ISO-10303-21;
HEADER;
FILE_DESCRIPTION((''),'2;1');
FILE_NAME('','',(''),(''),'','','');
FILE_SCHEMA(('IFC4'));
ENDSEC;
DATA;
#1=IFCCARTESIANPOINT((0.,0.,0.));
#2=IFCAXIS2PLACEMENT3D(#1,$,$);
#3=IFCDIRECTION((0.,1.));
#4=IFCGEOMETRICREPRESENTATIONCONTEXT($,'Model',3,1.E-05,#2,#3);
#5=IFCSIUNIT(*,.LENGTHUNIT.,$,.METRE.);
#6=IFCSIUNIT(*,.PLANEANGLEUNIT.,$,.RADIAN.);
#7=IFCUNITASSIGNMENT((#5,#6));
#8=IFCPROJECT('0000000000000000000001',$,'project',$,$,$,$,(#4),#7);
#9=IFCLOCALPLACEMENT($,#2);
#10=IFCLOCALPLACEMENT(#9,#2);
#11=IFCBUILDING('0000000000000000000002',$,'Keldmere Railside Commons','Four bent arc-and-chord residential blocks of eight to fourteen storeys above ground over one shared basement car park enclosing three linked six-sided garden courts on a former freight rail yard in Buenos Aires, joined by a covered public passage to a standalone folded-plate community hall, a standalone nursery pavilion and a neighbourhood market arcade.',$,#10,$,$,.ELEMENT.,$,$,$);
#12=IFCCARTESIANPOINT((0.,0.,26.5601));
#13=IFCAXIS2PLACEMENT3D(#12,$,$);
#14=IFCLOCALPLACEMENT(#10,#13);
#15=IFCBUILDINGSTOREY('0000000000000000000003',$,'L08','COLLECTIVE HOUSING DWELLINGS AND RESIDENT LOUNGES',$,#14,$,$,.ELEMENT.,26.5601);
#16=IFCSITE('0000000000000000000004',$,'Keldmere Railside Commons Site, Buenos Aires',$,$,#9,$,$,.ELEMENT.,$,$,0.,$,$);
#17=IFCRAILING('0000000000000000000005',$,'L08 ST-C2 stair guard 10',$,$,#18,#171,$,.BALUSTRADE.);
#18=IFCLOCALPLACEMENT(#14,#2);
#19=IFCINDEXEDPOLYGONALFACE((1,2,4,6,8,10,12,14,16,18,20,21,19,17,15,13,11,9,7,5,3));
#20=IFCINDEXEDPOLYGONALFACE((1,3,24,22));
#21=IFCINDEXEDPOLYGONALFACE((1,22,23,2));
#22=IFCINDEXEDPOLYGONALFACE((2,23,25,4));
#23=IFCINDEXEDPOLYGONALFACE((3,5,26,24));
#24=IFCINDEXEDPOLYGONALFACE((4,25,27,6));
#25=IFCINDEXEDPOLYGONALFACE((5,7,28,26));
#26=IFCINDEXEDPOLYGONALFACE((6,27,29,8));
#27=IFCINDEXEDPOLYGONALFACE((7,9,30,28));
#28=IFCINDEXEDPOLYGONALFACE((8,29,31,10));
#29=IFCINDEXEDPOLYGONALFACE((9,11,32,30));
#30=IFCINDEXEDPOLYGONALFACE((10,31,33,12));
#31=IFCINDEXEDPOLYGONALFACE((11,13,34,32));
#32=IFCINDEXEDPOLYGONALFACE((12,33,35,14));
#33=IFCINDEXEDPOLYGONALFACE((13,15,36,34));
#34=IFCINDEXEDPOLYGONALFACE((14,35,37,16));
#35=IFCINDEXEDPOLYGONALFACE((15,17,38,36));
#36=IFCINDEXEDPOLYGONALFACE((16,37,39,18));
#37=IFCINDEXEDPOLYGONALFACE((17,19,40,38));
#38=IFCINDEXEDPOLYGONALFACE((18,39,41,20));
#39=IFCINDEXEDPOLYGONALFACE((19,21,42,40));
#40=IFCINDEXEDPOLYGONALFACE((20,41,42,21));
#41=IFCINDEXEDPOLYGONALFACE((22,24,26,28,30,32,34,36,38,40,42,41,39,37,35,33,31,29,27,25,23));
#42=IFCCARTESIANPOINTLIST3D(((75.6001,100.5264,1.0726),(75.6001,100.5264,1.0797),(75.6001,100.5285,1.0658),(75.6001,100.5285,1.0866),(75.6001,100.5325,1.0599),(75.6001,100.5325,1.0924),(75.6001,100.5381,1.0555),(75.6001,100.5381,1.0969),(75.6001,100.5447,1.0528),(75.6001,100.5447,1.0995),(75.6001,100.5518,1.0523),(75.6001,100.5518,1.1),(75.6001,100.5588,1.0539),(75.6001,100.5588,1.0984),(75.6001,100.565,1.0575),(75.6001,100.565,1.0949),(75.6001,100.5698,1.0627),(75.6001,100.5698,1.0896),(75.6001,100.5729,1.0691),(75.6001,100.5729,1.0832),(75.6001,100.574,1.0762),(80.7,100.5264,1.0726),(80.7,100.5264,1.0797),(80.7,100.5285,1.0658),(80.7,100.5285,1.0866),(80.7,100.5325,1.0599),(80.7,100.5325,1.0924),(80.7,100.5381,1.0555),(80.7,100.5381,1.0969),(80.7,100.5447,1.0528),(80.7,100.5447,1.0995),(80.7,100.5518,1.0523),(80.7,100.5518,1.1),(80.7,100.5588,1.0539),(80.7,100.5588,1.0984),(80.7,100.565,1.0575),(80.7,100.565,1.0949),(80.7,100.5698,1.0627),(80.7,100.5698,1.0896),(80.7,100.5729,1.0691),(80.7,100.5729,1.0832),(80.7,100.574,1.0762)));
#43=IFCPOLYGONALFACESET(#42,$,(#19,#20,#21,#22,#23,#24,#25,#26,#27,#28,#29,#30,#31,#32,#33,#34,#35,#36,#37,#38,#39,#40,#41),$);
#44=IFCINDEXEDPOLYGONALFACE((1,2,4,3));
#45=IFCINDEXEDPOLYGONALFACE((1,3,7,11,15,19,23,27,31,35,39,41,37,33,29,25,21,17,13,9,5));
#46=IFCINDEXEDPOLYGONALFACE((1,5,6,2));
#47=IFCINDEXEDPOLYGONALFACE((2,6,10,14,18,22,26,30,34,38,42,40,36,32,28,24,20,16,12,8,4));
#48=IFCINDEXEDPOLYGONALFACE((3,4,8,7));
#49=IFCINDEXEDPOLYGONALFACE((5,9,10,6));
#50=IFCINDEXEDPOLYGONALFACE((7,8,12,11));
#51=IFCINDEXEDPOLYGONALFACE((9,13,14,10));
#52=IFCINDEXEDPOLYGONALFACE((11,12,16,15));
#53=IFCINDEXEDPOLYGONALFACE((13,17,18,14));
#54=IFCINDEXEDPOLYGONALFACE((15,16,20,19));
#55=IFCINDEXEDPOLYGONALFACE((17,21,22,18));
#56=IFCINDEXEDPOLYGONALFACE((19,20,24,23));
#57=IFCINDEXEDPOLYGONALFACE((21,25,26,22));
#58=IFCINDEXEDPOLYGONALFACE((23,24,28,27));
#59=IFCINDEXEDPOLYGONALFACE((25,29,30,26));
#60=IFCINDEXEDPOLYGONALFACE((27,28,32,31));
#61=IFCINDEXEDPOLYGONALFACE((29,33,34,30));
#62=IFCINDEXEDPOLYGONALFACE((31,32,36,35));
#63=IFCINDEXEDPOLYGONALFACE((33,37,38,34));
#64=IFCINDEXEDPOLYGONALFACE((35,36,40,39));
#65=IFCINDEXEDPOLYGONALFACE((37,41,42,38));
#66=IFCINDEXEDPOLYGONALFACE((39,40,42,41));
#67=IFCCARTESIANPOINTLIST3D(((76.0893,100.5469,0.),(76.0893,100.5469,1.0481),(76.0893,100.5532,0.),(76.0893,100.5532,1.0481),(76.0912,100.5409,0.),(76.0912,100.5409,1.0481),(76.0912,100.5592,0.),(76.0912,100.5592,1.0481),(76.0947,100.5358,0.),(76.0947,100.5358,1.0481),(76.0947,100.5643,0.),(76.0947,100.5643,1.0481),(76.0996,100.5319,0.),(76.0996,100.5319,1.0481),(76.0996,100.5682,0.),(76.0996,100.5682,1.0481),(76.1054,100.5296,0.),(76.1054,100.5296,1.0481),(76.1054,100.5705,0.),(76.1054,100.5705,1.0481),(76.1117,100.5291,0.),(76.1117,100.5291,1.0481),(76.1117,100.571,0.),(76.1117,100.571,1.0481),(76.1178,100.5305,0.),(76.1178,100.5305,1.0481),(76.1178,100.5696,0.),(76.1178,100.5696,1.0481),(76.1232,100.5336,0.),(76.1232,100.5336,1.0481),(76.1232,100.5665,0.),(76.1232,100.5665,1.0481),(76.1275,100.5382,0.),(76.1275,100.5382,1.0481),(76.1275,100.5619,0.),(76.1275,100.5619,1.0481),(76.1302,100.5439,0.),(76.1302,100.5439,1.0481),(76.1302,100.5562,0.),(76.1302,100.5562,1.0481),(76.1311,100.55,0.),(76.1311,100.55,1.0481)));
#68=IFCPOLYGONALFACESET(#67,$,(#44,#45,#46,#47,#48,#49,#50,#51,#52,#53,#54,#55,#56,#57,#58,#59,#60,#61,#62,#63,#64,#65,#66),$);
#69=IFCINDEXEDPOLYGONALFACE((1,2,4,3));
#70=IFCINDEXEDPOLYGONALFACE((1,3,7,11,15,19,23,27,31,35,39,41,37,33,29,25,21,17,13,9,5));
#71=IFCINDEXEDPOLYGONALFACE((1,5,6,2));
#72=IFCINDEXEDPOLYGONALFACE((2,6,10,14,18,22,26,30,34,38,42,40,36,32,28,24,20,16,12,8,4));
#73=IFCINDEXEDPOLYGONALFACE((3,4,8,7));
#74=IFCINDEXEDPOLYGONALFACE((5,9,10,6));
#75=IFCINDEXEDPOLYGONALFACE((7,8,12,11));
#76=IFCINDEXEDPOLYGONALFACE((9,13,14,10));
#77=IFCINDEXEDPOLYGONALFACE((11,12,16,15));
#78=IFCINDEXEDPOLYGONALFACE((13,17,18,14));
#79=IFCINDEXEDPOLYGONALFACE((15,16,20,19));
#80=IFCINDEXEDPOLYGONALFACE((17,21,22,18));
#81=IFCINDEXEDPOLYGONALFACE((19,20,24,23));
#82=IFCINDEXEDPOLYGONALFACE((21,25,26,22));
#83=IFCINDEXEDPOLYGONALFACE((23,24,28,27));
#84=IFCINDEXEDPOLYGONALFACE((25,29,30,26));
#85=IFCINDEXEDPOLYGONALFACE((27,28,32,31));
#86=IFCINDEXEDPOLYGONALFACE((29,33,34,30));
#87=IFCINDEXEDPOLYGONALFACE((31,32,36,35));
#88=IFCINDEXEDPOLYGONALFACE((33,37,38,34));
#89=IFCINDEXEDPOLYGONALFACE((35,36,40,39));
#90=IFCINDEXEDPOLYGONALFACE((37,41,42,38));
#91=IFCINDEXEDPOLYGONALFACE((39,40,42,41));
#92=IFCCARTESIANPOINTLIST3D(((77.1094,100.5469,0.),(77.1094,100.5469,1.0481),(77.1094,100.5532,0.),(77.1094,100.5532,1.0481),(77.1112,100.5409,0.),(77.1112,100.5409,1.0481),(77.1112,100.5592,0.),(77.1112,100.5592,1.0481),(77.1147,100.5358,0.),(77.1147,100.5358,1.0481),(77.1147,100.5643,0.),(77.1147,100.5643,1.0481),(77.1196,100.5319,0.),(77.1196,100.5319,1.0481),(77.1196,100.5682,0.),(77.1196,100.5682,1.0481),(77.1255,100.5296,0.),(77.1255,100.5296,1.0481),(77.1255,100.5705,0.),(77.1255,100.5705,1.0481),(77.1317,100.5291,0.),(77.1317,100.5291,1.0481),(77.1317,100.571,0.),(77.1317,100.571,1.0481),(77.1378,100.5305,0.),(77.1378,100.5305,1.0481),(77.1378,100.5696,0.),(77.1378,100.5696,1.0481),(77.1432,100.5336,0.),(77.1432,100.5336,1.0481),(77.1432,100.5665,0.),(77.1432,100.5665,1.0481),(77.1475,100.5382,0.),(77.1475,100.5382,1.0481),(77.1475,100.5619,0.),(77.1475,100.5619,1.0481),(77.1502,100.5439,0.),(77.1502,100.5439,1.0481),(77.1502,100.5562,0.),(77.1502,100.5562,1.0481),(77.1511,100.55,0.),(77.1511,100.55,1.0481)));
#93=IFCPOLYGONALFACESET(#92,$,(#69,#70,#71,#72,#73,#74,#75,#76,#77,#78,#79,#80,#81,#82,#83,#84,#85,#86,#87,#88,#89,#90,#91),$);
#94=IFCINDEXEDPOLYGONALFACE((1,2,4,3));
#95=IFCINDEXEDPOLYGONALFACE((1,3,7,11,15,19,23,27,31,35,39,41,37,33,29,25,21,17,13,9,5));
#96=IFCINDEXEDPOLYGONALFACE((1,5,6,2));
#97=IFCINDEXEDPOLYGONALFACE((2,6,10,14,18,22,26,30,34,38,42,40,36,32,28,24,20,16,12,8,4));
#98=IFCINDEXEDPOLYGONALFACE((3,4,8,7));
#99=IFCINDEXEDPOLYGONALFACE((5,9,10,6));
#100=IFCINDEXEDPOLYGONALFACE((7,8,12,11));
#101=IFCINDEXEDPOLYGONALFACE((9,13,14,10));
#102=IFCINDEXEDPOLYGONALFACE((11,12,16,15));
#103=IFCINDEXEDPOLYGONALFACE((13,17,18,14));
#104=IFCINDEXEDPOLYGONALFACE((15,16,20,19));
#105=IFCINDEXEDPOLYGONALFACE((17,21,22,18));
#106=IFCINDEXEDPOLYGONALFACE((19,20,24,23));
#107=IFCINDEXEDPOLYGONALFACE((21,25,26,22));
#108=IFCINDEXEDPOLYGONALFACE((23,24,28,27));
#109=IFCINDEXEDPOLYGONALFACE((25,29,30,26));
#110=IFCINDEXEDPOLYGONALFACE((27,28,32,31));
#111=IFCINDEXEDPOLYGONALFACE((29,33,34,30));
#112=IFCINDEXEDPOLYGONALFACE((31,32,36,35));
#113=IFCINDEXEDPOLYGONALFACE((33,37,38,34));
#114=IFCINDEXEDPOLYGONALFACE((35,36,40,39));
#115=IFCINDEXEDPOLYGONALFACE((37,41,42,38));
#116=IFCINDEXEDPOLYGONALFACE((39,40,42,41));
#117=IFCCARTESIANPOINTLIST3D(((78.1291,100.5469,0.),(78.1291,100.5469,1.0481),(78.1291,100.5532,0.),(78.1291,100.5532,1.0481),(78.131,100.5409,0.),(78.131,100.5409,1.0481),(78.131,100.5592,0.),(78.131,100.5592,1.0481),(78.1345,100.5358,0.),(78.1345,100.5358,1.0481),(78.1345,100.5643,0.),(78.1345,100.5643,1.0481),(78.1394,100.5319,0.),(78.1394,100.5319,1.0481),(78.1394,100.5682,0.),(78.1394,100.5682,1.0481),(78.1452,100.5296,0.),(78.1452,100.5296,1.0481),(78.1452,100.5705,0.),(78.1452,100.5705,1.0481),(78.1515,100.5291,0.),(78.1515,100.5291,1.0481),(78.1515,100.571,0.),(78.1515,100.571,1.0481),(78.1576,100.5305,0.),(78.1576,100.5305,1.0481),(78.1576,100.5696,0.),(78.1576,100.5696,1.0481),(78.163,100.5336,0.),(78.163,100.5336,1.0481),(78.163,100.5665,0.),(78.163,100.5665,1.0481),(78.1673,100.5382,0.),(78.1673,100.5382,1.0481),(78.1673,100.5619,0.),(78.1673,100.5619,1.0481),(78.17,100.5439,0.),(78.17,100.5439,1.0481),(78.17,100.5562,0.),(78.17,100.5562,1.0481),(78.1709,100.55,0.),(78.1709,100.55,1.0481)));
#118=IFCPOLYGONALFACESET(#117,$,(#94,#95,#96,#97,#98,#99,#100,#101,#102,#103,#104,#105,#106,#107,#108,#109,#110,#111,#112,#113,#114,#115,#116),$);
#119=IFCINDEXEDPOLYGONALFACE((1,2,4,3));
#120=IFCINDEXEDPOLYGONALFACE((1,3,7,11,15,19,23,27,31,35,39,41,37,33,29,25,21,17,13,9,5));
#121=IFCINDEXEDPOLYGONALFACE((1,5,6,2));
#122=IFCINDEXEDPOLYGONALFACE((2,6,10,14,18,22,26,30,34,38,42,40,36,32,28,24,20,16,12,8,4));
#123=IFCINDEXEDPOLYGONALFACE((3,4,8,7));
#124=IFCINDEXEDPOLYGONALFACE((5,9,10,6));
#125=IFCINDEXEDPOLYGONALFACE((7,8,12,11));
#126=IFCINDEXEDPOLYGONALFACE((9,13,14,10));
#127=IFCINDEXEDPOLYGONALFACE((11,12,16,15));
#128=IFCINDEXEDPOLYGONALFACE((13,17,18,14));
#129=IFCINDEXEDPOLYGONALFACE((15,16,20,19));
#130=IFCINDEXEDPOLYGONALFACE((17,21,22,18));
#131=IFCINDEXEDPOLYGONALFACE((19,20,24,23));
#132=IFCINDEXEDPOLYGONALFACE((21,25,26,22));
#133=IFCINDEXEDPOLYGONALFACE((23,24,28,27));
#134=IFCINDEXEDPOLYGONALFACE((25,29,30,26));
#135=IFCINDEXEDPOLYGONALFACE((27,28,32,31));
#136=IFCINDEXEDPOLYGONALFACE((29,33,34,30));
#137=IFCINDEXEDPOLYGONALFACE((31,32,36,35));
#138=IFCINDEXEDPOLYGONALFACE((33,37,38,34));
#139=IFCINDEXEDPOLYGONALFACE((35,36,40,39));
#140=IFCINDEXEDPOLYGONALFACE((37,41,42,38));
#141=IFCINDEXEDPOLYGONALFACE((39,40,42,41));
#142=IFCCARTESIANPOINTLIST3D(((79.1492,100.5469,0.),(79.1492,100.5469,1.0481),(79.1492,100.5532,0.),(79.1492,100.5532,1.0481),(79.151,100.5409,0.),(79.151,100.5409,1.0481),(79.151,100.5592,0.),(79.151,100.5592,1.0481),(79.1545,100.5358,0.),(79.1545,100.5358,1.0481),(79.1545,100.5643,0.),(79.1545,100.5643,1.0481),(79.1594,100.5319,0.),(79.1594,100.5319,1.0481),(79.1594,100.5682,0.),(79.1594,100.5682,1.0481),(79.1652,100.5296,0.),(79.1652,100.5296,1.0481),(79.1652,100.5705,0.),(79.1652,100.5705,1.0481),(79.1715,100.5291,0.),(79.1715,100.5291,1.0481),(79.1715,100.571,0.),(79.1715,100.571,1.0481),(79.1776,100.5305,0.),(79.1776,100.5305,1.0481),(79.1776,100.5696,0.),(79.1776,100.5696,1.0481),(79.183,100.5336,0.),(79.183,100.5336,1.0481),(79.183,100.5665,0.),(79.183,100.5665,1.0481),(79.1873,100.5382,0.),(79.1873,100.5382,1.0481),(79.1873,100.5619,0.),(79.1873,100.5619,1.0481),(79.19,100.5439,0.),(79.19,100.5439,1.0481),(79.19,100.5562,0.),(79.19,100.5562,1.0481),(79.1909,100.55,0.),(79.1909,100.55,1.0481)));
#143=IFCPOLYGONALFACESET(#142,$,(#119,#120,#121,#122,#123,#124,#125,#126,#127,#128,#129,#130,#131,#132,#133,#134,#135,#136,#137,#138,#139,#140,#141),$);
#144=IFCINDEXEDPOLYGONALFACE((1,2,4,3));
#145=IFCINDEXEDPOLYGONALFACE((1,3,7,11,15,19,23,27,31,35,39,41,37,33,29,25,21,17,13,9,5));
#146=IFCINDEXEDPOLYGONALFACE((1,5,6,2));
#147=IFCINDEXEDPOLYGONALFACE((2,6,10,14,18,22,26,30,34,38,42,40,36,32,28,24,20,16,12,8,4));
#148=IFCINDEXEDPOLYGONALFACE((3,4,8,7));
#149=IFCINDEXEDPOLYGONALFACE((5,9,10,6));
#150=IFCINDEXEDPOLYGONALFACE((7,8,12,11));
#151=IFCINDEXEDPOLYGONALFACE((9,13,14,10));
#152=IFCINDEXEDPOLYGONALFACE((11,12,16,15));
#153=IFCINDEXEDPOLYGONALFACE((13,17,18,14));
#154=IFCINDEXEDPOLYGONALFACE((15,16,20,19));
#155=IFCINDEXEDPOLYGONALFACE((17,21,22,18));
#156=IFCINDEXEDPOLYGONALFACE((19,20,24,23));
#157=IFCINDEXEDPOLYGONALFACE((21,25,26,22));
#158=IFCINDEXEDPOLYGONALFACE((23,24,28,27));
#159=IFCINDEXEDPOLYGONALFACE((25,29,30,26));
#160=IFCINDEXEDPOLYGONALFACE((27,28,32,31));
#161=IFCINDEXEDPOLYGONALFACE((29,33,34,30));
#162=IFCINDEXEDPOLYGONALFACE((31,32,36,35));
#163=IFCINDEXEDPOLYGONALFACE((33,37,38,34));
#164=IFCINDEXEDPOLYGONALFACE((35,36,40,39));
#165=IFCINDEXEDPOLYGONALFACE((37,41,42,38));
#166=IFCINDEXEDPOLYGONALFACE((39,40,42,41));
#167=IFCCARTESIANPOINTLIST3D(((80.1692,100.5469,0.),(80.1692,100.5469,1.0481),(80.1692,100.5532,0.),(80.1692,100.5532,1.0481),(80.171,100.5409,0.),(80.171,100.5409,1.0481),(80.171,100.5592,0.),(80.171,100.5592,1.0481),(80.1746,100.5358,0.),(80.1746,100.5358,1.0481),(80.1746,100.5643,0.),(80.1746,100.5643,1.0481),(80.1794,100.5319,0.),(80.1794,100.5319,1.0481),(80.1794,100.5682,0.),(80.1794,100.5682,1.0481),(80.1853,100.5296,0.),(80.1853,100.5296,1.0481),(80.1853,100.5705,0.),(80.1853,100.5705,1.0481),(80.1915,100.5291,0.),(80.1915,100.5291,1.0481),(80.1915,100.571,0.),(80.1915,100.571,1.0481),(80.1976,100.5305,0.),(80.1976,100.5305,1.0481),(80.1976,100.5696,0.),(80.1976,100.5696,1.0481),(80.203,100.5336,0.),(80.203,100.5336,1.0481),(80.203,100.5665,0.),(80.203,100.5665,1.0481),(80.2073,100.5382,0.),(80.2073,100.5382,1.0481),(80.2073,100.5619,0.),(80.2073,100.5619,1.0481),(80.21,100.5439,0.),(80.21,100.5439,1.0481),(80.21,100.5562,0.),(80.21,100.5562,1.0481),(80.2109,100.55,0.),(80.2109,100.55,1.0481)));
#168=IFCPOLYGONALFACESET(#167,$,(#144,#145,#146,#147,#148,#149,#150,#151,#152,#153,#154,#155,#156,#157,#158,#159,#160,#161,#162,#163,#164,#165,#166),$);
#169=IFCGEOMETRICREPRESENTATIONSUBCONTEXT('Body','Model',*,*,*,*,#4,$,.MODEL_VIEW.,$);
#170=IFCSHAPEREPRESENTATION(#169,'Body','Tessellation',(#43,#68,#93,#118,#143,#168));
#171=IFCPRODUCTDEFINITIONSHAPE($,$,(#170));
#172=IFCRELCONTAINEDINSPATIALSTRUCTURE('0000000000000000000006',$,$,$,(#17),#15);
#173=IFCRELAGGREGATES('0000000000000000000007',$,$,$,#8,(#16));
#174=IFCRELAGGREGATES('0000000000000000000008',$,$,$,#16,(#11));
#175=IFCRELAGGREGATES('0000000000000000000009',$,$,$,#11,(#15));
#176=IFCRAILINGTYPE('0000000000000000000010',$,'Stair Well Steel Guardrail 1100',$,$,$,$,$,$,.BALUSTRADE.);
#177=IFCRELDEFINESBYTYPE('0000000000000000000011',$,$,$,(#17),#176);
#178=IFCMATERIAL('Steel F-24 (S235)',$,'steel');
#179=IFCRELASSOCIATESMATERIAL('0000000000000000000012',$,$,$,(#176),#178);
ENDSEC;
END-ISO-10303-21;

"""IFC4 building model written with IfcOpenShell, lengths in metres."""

from ifc_helpers import new_model, si_unit, direction, frame, origin, origin_2d, place, context, subcontext, project, spatial, circle, extrude, material, type_object, element, save


model = new_model("IFC4")

# Units and contexts
model_context = context("Model", 3, precision=1e-05, world=origin(), true_north=direction((0.0, 1.0)))
body_context = subcontext(model_context, "Body", "Model", "MODEL_VIEW")
ifc_project = project(units=[si_unit("LENGTHUNIT", "METRE"), si_unit("PLANEANGLEUNIT", "RADIAN")], contexts=[model_context])

# Site, building, storey
site_placement = place(None, origin())
site = spatial("IfcSite", under=ifc_project, at=site_placement, Name="Keldmere Railside Commons Site, Buenos Aires", CompositionType="ELEMENT", RefElevation=0.0)
building_placement = place(site_placement, origin())
building = spatial("IfcBuilding", under=site, at=building_placement, Name="Keldmere Railside Commons", Description="Four bent arc-and-chord residential blocks of eight to fourteen storeys above ground over one shared basement car park enclosing three linked six-sided garden courts on a former freight rail yard in Buenos Aires, joined by a covered public passage to a standalone folded-plate community hall, a standalone nursery pavilion and a neighbourhood market arcade.", CompositionType="ELEMENT")
storey_placement = place(building_placement, frame((0.0, 0.0, 26.5601)))
storey = spatial("IfcBuildingStorey", under=building, at=storey_placement, Name="L08", Description="COLLECTIVE HOUSING DWELLINGS AND RESIDENT LOUNGES", CompositionType="ELEMENT", Elevation=26.5601)

# Railing
ifc_material_1 = material(Name="Steel F-24 (S235)", Category="steel")
railing_type = type_object("IfcRailingType", Name="Stair Well Steel Guardrail 1100", PredefinedType="BALUSTRADE", material=ifc_material_1)
railing_1_placement = place(storey_placement, frame((75.6001, 100.55, 0.0)))
element("IfcRailing", 1, at=railing_1_placement, inside=storey, type_object=railing_type, Name="L08 ST-C2 stair guard 10", PredefinedType="BALUSTRADE", context=body_context, shape_type="SweptSolid", body=[
    extrude(circle(Radius=0.0239, at=origin_2d()), frame((0.0, 0.0, 1.0762), z_axis=(1.0, 0.0, 0.0), x_axis=(0.0, 1.0, 0.0)), (0.0, 0.0, 1.0), 5.0999),
    extrude(circle(Radius=0.021, at=origin_2d()), frame((0.51, 0.0, 0.0)), (0.0, 0.0, 1.0), 1.0481),
    extrude(circle(Radius=0.021, at=origin_2d()), frame((1.53, 0.0, 0.0)), (0.0, 0.0, 1.0), 1.0481),
    extrude(circle(Radius=0.021, at=origin_2d()), frame((2.5498, 0.0, 0.0)), (0.0, 0.0, 1.0), 1.0481),
    extrude(circle(Radius=0.021, at=origin_2d()), frame((3.5698, 0.0, 0.0)), (0.0, 0.0, 1.0), 1.0481),
    extrude(circle(Radius=0.021, at=origin_2d()), frame((4.5898, 0.0, 0.0)), (0.0, 0.0, 1.0), 1.0481),
])

save(model, "model.ifc")
